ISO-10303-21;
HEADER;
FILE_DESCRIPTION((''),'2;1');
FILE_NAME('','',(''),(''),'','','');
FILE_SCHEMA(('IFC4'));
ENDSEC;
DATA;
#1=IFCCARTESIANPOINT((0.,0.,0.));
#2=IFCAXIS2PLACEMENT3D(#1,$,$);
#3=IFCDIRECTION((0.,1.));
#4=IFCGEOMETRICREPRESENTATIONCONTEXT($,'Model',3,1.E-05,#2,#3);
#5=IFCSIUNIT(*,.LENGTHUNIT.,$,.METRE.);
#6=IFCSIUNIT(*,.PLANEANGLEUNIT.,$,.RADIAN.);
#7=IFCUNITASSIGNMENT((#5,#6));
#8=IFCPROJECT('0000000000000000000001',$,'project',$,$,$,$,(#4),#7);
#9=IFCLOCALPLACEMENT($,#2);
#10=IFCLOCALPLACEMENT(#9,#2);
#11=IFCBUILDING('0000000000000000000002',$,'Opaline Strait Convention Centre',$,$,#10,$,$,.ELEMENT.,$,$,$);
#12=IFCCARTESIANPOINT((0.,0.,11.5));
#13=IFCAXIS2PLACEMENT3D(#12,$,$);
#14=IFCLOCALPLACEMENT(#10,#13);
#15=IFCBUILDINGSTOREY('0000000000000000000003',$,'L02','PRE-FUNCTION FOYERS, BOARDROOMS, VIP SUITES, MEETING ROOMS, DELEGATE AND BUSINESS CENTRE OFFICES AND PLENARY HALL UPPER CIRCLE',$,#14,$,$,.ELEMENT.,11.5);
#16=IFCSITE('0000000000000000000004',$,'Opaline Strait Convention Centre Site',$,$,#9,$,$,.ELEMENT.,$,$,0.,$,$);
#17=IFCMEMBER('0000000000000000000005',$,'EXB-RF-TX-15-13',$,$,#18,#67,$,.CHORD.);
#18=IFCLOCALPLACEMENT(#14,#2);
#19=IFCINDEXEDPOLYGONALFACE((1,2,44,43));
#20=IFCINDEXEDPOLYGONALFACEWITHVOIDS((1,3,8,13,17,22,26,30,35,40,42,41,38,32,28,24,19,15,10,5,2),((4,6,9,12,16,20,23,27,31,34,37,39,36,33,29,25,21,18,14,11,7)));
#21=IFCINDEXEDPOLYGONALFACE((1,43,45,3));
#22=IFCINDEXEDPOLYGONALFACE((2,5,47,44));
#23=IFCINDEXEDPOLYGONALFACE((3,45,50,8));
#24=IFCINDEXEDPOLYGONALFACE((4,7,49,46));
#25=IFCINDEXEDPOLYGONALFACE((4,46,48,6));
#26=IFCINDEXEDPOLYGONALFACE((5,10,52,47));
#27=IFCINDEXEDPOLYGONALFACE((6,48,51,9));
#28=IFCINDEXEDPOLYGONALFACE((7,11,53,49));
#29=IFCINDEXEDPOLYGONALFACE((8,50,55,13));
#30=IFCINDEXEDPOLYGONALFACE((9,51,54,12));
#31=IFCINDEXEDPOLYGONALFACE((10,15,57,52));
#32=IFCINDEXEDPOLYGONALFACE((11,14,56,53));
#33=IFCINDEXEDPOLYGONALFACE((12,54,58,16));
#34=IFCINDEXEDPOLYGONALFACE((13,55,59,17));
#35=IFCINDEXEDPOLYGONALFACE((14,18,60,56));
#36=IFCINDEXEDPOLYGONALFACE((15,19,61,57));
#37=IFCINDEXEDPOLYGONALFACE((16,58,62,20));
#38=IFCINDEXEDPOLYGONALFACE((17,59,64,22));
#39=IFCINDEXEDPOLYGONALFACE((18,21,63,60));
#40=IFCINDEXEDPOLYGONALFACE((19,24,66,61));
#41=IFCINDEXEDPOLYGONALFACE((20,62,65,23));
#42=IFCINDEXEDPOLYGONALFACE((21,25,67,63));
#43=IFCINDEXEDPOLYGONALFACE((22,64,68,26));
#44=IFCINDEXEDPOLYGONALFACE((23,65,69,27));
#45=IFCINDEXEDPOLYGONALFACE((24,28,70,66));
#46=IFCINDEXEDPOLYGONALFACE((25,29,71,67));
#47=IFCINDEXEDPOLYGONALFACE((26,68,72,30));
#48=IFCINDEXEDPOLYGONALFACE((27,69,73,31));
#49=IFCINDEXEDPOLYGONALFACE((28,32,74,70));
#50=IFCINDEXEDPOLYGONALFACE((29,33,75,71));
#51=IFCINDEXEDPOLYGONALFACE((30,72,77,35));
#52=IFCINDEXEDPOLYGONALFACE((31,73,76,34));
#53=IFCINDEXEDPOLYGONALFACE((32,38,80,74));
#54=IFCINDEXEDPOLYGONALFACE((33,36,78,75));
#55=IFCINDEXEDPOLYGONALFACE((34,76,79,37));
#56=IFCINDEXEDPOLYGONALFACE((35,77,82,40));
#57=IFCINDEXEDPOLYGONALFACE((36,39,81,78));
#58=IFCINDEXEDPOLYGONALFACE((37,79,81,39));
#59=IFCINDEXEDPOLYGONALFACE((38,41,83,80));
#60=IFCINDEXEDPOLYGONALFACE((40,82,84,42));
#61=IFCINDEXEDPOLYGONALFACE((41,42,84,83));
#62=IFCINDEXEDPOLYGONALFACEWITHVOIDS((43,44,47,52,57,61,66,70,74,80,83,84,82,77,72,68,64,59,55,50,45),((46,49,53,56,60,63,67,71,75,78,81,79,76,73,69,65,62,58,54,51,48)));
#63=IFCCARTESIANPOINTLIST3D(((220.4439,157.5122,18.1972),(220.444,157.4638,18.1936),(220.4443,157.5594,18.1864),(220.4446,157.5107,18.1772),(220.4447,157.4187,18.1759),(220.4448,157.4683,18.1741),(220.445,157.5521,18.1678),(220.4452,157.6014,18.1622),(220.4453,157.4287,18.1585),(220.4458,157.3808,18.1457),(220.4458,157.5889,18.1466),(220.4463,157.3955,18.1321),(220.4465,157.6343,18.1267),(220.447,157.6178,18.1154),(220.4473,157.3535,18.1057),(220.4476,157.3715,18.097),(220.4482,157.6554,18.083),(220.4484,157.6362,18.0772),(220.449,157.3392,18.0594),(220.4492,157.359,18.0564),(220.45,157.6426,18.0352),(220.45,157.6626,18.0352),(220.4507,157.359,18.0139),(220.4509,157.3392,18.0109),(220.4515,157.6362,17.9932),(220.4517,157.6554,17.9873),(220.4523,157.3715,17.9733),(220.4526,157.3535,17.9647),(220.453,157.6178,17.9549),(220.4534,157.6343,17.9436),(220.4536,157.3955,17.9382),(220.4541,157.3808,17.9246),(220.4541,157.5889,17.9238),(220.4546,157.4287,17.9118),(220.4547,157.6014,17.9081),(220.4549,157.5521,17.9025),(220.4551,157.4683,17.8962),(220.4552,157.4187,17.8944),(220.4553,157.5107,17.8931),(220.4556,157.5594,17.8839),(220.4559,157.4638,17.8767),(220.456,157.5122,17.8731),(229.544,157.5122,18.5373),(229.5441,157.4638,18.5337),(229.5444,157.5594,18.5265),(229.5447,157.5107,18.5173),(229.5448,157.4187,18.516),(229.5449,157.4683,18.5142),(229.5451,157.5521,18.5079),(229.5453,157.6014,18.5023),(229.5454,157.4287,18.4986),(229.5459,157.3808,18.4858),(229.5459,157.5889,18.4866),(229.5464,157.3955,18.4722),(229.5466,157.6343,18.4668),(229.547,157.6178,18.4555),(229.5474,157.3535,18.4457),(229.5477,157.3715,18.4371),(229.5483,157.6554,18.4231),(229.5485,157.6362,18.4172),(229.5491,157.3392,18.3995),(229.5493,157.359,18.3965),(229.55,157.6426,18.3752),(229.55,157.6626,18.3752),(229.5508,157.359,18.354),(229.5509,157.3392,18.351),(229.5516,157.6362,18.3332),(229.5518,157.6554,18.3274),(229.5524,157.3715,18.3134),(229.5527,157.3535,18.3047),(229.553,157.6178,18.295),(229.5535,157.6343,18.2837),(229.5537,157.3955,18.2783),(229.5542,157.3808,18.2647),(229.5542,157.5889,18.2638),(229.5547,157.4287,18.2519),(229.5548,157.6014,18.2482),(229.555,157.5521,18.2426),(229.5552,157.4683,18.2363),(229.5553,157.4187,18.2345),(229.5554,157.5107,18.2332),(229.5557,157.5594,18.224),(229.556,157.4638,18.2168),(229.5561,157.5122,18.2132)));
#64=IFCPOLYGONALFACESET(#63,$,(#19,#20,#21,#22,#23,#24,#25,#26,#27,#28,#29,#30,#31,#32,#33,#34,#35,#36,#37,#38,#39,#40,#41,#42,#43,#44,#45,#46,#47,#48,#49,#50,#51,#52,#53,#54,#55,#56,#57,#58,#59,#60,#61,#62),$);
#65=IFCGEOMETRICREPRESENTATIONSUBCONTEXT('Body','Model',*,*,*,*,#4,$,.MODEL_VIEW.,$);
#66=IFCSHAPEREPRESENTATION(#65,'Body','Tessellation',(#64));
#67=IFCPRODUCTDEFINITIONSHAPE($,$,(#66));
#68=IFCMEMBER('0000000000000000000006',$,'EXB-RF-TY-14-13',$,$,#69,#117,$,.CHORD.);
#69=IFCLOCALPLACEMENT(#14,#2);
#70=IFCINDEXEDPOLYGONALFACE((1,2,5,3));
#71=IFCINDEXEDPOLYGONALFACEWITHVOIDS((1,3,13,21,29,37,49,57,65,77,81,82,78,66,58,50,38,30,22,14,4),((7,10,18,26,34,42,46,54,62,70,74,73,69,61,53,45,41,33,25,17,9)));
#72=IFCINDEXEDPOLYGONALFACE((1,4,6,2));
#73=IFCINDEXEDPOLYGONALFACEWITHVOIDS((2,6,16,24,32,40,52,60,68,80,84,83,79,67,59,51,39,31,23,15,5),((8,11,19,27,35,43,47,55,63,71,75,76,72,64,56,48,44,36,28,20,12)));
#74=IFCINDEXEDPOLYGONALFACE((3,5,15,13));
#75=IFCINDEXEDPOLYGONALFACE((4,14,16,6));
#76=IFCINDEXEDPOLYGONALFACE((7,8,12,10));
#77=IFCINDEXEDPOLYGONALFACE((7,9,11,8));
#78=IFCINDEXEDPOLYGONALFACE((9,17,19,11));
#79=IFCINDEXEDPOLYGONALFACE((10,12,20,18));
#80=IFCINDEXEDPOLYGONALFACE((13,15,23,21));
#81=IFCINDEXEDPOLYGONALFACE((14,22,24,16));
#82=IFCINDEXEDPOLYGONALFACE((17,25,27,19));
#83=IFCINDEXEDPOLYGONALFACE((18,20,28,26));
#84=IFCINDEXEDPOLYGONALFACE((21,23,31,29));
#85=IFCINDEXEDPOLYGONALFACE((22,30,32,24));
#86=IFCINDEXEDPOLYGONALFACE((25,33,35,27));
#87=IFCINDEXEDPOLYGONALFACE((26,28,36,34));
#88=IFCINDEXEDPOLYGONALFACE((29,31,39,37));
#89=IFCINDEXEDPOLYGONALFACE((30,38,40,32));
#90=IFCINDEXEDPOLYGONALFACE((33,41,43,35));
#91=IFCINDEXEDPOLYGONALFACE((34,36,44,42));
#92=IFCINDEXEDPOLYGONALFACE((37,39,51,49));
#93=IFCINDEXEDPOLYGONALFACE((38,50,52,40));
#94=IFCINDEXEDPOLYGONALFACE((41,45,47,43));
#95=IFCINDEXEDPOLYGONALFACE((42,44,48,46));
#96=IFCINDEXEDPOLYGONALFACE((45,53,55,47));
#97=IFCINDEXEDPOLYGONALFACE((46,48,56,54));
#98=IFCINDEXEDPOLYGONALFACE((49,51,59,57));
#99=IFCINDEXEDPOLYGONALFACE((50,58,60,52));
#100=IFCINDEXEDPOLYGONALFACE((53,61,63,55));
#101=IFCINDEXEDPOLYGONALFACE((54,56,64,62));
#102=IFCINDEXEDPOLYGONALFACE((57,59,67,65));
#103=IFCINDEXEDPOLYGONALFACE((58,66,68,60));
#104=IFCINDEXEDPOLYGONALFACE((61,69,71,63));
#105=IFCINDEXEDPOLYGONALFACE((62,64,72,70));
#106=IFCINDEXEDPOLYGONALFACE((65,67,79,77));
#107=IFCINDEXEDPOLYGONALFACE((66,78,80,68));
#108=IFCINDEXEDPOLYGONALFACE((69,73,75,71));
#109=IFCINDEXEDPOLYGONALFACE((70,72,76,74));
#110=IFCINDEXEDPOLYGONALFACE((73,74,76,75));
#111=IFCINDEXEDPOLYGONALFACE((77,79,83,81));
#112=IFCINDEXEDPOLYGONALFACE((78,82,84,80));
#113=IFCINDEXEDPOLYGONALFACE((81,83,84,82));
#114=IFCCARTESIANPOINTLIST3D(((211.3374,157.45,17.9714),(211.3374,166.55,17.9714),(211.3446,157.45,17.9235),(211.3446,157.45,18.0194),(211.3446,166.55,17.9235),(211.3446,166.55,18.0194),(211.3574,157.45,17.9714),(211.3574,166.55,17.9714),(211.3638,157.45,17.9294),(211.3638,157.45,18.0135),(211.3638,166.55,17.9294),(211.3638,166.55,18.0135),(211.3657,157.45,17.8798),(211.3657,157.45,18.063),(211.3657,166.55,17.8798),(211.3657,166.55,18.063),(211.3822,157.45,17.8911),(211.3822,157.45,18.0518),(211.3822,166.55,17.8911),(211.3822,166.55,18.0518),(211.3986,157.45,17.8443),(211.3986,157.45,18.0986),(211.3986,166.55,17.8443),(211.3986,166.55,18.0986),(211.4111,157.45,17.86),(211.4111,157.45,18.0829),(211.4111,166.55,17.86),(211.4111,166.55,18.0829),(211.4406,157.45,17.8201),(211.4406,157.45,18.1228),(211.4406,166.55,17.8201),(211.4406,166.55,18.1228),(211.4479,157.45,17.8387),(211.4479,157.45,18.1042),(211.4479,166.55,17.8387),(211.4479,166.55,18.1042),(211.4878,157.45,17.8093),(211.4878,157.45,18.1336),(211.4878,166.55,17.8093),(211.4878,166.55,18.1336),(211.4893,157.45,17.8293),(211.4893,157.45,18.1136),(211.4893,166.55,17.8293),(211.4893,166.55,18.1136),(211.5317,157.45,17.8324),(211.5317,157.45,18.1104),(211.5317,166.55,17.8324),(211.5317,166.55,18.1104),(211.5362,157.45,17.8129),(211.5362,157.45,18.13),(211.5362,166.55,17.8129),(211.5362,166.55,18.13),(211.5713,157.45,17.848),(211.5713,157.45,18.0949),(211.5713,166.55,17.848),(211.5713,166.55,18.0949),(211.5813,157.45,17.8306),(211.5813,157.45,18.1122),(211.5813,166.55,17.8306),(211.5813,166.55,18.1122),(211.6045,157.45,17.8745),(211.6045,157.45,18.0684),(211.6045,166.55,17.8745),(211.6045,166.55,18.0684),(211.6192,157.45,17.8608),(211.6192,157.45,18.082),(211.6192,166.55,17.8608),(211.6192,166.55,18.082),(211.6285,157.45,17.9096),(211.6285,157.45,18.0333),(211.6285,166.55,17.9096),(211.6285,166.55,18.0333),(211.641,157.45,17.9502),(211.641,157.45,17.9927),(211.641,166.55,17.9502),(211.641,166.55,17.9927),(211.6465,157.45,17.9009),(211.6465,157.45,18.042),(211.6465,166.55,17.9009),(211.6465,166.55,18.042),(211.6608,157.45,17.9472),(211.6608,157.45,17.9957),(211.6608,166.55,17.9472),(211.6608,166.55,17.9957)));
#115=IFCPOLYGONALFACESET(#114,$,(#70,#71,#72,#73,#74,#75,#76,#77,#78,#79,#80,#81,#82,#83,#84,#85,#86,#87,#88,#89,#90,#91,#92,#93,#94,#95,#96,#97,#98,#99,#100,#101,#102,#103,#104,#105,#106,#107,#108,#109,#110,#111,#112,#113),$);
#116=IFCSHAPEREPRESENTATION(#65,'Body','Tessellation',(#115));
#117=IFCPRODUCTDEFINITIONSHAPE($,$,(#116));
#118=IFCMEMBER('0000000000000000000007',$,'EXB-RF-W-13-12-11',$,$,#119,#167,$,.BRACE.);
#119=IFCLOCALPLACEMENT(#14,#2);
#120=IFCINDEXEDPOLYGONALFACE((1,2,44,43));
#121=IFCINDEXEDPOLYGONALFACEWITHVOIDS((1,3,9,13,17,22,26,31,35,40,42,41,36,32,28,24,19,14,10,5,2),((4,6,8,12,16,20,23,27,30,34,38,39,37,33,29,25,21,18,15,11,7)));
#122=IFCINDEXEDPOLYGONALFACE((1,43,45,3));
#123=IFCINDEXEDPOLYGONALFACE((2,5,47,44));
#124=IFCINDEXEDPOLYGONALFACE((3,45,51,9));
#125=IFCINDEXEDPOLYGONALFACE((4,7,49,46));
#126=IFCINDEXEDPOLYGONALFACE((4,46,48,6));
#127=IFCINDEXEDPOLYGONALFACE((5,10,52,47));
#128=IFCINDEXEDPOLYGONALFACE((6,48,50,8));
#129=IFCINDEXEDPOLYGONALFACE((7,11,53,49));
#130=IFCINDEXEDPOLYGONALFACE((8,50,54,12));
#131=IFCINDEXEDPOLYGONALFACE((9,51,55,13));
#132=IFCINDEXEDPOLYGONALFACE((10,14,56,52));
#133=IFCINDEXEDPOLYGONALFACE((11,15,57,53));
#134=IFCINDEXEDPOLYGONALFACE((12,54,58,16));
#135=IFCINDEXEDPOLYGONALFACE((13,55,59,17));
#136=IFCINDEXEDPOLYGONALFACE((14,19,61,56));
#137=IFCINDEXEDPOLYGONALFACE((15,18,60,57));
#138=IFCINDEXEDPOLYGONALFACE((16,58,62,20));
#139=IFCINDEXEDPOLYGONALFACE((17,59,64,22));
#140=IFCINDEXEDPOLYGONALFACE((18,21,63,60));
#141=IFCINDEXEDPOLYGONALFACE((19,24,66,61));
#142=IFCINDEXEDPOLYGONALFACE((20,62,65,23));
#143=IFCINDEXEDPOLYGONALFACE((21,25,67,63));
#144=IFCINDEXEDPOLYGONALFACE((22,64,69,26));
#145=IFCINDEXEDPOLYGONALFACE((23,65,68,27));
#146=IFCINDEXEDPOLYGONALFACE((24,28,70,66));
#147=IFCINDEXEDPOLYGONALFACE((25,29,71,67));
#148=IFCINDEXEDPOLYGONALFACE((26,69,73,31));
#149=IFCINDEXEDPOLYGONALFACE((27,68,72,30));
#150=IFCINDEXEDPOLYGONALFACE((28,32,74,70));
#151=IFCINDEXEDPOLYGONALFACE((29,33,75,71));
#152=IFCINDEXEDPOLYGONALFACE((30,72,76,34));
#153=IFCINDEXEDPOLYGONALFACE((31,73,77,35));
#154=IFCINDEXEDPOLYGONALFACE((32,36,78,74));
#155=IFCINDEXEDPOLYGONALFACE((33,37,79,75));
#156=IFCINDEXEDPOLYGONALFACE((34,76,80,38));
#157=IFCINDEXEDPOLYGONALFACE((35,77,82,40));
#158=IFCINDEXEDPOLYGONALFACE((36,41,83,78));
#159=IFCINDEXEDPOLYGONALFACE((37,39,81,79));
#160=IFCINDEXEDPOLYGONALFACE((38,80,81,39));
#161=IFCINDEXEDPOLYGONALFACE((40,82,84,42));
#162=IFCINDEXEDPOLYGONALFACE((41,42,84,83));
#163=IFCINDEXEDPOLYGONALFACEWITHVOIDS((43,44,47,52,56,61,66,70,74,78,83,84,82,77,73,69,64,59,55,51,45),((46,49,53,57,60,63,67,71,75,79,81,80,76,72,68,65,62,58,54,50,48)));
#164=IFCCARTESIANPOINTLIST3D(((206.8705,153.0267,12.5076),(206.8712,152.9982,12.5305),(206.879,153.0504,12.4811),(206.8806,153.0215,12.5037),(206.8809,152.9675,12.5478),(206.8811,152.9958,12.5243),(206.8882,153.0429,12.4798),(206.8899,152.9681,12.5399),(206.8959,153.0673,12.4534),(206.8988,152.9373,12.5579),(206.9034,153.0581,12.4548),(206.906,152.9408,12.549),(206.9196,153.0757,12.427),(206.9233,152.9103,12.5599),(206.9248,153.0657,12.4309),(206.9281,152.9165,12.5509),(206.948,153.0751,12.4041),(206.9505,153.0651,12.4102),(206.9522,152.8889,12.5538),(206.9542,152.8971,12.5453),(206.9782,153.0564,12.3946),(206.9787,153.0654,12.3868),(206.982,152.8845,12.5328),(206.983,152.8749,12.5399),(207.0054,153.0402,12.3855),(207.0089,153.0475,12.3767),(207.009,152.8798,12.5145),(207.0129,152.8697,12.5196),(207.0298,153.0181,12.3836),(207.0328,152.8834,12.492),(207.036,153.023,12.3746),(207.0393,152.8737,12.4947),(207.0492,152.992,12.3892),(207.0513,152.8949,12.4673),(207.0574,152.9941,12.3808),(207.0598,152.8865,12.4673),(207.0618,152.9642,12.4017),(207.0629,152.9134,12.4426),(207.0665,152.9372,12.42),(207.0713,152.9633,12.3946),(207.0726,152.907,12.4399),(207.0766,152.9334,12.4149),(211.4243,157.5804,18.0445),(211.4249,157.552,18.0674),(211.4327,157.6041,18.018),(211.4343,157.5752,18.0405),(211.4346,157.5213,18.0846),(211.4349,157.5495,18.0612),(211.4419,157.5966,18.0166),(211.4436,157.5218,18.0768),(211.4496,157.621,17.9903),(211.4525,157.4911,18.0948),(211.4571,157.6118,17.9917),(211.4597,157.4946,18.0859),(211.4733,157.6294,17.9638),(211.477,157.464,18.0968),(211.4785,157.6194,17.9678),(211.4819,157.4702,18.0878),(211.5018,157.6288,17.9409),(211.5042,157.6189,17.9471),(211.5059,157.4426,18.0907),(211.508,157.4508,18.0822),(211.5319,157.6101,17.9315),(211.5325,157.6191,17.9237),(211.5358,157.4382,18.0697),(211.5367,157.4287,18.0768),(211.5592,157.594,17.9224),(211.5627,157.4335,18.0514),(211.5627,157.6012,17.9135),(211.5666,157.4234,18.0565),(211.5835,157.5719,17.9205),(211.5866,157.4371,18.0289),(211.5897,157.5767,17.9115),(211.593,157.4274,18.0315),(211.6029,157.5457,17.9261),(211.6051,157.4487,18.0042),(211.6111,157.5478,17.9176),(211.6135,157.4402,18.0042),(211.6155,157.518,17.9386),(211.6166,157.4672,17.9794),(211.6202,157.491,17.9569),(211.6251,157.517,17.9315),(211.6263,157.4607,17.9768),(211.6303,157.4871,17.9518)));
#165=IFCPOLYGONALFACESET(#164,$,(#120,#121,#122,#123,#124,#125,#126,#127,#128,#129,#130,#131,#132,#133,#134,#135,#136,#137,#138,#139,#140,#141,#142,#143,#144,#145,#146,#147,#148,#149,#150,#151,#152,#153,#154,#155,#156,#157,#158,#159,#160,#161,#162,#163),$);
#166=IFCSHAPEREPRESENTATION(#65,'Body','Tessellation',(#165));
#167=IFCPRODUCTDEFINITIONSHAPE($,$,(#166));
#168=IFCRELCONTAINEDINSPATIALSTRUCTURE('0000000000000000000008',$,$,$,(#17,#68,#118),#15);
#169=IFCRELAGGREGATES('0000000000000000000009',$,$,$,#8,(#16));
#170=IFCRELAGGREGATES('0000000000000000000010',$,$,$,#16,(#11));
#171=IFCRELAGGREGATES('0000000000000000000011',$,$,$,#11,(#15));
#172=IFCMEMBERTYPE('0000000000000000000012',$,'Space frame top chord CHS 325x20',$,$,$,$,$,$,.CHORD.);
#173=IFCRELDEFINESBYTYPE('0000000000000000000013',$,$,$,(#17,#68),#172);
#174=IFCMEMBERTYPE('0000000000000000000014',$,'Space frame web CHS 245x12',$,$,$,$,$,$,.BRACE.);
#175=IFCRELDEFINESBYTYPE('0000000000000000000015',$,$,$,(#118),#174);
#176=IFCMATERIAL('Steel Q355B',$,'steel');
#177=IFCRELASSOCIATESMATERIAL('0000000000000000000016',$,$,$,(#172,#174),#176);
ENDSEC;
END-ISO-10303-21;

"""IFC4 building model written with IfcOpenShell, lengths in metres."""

from ifc_helpers import new_model, si_unit, direction, frame, origin, origin_2d, place, context, subcontext, project, spatial, hollow_circle, extrude, material, material_profile, profile_set, type_object, element, save


model = new_model("IFC4")

# Units and contexts
model_context = context("Model", 3, precision=1e-05, world=origin(), true_north=direction((0.0, 1.0)))
body_context = subcontext(model_context, "Body", "Model", "MODEL_VIEW")
ifc_project = project(units=[si_unit("LENGTHUNIT", "METRE"), si_unit("PLANEANGLEUNIT", "RADIAN")], contexts=[model_context])

# Site, building, storey
site_placement = place(None, origin())
site = spatial("IfcSite", under=ifc_project, at=site_placement, Name="Opaline Strait Convention Centre Site", CompositionType="ELEMENT", RefElevation=0.0)
building_placement = place(site_placement, origin())
building = spatial("IfcBuilding", under=site, at=building_placement, Name="Opaline Strait Convention Centre", CompositionType="ELEMENT")
storey_placement = place(building_placement, frame((0.0, 0.0, 11.5)))
storey = spatial("IfcBuildingStorey", under=building, at=storey_placement, Name="L02", Description="PRE-FUNCTION FOYERS, BOARDROOMS, VIP SUITES, MEETING ROOMS, DELEGATE AND BUSINESS CENTRE OFFICES AND PLENARY HALL UPPER CIRCLE", CompositionType="ELEMENT", Elevation=11.5)

# Members
ifc_material_1 = material(Name="Steel Q355B", Category="steel")
ifc_material_profile_1 = material_profile(ifc_material_1, hollow_circle(Radius=0.1626, WallThickness=0.02, at=origin_2d()), Name="CHS 325x20")
ifc_profile_set_1 = profile_set([ifc_material_profile_1], Name="Steel Q355B")
member_type_1 = type_object("IfcMemberType", Name="Space frame top chord CHS 325x20", PredefinedType="CHORD", material=ifc_profile_set_1)
member_1_placement = place(storey_placement, frame((220.45, 157.5, 18.0352), z_axis=(0.999302, 0.0, 0.037346), x_axis=(0.0, 1.0, 0.0)))
element("IfcMember", 1, at=member_1_placement, inside=storey, type_object=member_type_1, Name="EXB-RF-TX-15-13", PredefinedType="CHORD", context=body_context, shape_type="SweptSolid", body=[
    extrude(hollow_circle(Radius=0.1626, WallThickness=0.02, at=origin_2d()), origin(), (0.0, 0.0, 1.0), 9.1064),
])
member_2_placement = place(storey_placement, frame((211.5, 157.45, 17.9714), z_axis=(0.0, 1.0, 0.0), x_axis=(-1.0, 0.0, 0.0)))
element("IfcMember", 2, at=member_2_placement, inside=storey, type_object=member_type_1, Name="EXB-RF-TY-14-13", PredefinedType="CHORD", context=body_context, shape_type="SweptSolid", body=[
    extrude(hollow_circle(Radius=0.1626, WallThickness=0.02, at=origin_2d()), origin(), (0.0, 0.0, 1.0), 9.1001),
])
ifc_material_profile_2 = material_profile(ifc_material_1, hollow_circle(Radius=0.1226, WallThickness=0.012, at=origin_2d()), Name="CHS 245x12")
ifc_profile_set_2 = profile_set([ifc_material_profile_2], Name="Steel Q355B")
member_type_2 = type_object("IfcMemberType", Name="Space frame web CHS 245x12", PredefinedType="BRACE", material=ifc_profile_set_2)
for number, where, z_axis, x_axis, name in (
    (3, (211.5269, 157.5269, 18.0042), (-0.536178, -0.536178, -0.65194), (0.707107, -0.707107, 0.0), "EXB-RF-W-13-12-11"),
):
    element("IfcMember", number, at=place(storey_placement, frame(where, z_axis=z_axis, x_axis=x_axis)), inside=storey, type_object=member_type_2, Name=name, PredefinedType="BRACE", context=body_context, shape_type="SweptSolid", body=[
        extrude(hollow_circle(Radius=0.1226, WallThickness=0.012, at=origin_2d()), origin(), (0.0, 0.0, 1.0), 8.4929),
    ])

save(model, "model.ifc")
